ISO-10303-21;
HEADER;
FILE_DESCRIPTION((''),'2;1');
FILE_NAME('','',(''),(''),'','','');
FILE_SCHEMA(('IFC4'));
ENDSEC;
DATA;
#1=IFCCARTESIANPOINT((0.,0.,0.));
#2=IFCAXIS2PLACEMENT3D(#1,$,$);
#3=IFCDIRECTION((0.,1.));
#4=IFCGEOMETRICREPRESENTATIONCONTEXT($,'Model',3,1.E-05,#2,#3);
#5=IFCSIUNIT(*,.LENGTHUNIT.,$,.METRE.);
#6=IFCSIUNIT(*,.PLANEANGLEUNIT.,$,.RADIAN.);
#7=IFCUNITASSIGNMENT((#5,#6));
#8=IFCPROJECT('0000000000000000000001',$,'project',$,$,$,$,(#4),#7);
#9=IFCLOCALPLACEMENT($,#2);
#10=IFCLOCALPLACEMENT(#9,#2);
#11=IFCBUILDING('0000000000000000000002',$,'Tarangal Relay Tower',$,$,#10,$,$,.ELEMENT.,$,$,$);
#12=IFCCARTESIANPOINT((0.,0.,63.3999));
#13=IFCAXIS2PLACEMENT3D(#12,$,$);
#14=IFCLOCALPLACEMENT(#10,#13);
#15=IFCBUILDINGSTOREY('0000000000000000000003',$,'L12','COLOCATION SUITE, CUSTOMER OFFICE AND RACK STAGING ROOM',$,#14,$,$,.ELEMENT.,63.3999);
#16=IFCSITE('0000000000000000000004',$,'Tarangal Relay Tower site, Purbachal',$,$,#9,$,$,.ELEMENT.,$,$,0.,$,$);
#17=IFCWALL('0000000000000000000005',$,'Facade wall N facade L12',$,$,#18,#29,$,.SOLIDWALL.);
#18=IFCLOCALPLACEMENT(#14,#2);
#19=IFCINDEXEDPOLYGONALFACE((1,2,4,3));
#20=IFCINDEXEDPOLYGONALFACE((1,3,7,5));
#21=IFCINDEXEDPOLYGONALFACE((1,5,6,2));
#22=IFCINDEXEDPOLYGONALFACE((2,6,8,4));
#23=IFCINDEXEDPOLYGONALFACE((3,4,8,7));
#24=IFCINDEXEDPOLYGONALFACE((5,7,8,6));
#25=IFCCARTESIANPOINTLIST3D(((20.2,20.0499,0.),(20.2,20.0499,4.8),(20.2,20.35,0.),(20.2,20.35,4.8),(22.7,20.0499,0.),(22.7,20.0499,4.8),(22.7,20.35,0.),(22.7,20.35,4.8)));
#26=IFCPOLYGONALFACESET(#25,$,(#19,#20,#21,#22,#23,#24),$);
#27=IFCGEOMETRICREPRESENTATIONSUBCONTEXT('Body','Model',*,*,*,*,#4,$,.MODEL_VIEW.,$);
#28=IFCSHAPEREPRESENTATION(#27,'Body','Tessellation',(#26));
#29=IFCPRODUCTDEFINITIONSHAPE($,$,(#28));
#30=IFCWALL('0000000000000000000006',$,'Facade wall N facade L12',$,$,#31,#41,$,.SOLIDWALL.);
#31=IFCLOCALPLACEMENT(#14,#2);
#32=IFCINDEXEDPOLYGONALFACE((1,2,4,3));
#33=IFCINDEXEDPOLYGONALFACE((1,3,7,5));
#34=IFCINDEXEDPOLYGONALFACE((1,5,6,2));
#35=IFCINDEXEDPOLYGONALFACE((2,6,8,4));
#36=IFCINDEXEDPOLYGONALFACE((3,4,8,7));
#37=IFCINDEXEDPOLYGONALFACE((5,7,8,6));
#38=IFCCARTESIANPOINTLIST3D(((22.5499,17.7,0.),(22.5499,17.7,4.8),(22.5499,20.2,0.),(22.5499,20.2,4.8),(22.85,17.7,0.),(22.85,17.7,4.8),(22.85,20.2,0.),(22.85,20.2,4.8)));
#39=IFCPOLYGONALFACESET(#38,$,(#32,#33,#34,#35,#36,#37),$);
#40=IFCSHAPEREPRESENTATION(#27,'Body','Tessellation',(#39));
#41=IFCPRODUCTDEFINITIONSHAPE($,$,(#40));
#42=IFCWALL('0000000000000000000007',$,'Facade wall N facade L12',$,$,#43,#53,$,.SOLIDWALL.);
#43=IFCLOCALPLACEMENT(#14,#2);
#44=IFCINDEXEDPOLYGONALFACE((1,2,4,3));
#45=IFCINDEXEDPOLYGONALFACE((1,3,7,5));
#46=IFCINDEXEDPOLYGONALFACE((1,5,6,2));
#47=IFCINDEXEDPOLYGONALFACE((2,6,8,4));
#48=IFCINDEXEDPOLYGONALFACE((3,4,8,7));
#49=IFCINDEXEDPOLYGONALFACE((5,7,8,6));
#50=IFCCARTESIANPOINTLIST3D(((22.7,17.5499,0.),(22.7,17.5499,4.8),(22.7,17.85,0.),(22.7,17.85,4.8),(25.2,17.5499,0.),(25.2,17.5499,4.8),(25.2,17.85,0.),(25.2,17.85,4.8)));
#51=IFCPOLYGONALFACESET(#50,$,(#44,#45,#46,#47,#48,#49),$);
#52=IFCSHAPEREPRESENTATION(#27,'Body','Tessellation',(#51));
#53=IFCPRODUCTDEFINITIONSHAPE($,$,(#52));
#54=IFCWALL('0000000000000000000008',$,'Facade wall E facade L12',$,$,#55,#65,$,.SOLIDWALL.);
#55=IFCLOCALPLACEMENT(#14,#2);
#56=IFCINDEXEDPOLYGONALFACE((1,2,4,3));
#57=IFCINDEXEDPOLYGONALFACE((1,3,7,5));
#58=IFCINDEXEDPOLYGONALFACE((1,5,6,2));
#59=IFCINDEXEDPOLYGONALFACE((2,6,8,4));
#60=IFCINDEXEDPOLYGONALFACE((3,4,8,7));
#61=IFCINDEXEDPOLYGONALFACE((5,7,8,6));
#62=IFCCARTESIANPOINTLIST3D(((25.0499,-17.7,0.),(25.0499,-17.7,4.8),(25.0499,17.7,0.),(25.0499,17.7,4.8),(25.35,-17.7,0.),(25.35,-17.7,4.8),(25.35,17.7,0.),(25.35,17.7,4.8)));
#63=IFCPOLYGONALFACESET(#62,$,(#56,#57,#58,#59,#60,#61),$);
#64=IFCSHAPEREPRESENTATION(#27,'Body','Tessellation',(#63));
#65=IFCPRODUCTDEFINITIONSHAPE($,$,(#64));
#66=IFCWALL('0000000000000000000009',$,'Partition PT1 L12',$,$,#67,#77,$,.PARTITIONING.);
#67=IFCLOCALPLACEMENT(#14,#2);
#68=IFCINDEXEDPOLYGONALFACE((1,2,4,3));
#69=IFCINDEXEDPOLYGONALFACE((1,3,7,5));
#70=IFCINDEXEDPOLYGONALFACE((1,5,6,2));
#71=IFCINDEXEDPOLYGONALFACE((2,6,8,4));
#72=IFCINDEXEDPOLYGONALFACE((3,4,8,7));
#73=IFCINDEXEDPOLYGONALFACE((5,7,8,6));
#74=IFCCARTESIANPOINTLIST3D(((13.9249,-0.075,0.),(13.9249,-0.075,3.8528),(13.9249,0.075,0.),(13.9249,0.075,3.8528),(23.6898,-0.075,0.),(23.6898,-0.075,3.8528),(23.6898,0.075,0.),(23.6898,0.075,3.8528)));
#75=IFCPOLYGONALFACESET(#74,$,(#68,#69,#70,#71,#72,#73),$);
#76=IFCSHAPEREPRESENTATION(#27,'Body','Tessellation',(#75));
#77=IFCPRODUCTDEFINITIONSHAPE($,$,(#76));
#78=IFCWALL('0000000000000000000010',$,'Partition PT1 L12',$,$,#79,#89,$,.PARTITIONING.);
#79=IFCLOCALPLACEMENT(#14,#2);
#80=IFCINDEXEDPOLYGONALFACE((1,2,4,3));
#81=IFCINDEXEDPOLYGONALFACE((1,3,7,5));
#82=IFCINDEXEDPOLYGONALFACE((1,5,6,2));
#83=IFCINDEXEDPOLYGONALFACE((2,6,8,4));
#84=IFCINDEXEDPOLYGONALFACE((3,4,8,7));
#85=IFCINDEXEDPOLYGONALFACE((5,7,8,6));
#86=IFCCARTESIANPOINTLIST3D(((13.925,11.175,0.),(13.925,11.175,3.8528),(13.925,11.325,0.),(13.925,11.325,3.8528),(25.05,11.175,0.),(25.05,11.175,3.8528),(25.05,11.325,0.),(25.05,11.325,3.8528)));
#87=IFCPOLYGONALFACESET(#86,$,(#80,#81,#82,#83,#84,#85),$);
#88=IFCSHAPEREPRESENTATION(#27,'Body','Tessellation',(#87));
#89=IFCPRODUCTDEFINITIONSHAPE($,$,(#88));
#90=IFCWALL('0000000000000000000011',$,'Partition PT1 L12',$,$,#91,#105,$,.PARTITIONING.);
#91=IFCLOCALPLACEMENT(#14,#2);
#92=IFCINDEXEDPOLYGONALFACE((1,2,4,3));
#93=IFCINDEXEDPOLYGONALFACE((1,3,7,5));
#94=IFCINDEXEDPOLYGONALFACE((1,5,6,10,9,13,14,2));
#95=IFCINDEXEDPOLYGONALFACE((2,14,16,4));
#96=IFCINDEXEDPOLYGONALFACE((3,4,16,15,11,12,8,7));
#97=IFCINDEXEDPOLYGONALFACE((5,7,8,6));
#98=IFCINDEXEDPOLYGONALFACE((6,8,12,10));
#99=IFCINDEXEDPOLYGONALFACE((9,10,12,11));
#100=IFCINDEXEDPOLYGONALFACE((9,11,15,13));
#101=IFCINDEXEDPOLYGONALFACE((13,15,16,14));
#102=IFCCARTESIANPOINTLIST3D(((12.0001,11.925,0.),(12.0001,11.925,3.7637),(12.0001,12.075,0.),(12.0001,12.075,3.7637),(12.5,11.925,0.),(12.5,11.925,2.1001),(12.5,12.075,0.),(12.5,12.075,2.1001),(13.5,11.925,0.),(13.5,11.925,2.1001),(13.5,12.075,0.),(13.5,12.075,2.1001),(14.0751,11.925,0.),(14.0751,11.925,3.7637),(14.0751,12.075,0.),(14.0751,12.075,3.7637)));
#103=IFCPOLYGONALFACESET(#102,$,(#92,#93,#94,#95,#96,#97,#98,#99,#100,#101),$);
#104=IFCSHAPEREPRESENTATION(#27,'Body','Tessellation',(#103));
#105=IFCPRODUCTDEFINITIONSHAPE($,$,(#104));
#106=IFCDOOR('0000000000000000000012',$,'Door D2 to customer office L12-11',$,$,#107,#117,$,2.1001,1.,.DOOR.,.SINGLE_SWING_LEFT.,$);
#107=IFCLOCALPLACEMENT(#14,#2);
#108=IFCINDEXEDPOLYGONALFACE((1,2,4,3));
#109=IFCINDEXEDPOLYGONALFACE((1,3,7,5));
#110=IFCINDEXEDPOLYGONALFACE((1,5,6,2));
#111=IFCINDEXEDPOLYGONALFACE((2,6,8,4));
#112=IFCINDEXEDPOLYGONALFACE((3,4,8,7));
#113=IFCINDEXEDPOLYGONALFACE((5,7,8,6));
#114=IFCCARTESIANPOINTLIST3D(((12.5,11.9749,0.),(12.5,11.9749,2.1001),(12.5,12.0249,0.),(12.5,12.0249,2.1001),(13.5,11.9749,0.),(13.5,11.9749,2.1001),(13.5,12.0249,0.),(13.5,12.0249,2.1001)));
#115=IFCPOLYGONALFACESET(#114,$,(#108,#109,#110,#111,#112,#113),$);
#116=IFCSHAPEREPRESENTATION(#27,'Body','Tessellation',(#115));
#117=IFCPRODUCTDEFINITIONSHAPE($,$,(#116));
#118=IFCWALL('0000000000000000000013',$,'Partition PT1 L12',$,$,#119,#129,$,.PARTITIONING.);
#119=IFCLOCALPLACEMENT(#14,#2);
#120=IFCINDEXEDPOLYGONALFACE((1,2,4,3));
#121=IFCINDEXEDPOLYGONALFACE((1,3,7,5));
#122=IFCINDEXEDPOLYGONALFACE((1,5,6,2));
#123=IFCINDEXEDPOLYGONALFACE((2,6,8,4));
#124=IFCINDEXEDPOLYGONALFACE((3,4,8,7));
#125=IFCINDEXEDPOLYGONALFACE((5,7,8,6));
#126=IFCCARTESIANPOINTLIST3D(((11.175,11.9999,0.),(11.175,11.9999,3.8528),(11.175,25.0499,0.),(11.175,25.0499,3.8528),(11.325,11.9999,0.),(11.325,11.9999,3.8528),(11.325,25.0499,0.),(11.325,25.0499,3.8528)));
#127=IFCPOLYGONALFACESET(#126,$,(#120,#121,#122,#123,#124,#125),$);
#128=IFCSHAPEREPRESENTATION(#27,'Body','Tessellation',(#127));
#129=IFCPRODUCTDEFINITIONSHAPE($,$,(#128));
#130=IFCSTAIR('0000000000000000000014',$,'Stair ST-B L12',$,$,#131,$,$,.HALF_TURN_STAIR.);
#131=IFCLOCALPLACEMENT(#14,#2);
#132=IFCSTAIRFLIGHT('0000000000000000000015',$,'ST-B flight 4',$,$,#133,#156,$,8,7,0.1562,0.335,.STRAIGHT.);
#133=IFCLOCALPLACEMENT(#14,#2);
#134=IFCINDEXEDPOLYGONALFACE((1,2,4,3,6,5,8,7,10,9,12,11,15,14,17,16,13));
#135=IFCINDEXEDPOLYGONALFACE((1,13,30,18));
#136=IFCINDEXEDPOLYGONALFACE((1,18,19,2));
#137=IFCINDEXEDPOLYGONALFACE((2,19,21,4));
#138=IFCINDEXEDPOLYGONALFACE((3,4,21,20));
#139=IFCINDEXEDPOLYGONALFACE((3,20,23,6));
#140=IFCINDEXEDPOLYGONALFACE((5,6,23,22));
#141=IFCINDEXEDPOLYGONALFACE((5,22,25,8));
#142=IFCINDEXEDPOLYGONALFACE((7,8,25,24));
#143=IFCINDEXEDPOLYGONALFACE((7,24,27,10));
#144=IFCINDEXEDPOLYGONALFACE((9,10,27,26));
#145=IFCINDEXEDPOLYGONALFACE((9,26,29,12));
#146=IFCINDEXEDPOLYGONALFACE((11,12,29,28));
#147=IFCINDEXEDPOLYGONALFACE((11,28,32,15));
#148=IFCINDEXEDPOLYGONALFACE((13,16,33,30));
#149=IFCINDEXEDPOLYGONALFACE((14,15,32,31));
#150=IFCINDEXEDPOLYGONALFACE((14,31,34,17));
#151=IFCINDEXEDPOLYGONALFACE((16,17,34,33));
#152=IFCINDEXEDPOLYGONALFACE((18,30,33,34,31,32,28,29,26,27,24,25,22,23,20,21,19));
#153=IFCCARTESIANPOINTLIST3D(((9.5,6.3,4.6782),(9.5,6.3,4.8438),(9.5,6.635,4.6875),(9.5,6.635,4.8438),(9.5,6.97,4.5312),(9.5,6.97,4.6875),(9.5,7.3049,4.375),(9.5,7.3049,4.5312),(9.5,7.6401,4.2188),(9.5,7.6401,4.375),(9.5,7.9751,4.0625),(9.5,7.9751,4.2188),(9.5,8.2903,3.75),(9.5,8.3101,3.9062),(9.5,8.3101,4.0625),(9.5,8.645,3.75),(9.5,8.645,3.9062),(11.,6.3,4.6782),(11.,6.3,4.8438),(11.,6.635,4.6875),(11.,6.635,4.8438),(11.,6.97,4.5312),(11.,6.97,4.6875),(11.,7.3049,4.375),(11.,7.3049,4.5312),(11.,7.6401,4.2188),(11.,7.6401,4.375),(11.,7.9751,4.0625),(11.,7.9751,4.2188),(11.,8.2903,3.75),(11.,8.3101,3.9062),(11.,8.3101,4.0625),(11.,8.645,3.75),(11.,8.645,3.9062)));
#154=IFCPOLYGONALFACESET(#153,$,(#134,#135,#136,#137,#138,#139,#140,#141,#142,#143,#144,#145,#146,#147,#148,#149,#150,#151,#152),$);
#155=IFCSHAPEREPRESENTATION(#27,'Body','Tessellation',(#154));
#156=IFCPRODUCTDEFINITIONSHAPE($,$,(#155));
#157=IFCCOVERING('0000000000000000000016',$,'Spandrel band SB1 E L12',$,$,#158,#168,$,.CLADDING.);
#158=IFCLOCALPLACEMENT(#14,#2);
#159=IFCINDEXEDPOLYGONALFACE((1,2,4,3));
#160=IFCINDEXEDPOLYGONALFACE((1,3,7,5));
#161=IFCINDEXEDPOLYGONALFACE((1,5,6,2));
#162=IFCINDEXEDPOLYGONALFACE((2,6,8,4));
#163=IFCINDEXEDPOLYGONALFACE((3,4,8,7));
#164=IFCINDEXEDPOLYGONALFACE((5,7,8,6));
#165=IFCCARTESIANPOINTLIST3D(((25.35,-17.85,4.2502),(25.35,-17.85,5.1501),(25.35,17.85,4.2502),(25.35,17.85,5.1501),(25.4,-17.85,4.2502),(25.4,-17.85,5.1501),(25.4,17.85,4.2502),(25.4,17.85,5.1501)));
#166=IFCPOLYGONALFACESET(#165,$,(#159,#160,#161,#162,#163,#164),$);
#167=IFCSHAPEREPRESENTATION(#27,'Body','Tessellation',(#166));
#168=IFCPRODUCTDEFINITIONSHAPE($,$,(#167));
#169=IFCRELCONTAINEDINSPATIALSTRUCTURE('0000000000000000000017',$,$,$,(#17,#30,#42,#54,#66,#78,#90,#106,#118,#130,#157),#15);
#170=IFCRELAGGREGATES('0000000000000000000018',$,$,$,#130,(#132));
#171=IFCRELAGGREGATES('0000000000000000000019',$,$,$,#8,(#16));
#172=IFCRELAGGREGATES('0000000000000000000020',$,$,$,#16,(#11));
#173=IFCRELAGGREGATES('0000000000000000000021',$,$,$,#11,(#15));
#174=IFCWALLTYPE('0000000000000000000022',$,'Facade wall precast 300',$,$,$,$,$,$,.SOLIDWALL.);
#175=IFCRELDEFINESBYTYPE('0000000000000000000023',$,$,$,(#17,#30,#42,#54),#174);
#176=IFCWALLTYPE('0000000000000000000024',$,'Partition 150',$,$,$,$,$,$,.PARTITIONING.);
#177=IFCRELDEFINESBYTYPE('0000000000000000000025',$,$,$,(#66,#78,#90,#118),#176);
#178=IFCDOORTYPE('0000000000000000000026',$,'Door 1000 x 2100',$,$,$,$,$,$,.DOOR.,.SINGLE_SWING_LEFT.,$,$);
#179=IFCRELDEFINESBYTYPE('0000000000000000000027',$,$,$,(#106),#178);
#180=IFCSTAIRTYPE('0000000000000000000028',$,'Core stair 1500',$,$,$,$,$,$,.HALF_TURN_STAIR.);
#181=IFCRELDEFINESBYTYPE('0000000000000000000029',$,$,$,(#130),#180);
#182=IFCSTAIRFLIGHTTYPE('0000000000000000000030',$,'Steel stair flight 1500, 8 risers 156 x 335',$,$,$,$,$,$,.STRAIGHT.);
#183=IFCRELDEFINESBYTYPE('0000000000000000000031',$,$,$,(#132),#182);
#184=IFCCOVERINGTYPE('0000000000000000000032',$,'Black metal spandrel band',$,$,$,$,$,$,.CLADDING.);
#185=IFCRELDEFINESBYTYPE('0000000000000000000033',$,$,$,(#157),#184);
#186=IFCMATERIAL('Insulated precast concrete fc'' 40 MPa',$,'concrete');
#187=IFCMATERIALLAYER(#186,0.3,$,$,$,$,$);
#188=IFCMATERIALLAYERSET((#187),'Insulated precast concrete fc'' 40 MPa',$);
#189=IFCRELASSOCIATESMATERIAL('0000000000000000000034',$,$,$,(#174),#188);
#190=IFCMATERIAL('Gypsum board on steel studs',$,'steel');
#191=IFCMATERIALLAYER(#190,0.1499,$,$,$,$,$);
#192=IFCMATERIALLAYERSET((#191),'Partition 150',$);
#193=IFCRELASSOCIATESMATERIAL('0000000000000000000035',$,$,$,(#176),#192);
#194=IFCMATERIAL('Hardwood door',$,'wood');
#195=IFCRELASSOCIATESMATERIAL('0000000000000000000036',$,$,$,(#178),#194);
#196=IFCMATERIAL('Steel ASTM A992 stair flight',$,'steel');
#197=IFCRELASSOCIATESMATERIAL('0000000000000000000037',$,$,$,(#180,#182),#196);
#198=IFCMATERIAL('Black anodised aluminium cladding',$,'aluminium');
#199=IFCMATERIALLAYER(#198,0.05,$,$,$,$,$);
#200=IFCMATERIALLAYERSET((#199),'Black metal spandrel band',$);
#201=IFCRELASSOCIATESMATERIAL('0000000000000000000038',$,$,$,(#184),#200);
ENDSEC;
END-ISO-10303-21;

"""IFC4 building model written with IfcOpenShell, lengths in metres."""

from ifc_helpers import new_model, si_unit, direction, frame, frame_2d, origin, origin_2d, place, context, subcontext, project, spatial, polyline, rectangle, outline, extrude, material, layer, layer_set, type_object, element, fill, aggregate, save


model = new_model("IFC4")

# Units and contexts
model_context = context("Model", 3, precision=1e-05, world=origin(), true_north=direction((0.0, 1.0)))
body_context = subcontext(model_context, "Body", "Model", "MODEL_VIEW")
ifc_project = project(units=[si_unit("LENGTHUNIT", "METRE"), si_unit("PLANEANGLEUNIT", "RADIAN")], contexts=[model_context])

# Site, building, storey
site_placement = place(None, origin())
site = spatial("IfcSite", under=ifc_project, at=site_placement, Name="Tarangal Relay Tower site, Purbachal", CompositionType="ELEMENT", RefElevation=0.0)
building_placement = place(site_placement, origin())
building = spatial("IfcBuilding", under=site, at=building_placement, Name="Tarangal Relay Tower", CompositionType="ELEMENT")
storey_placement = place(building_placement, frame((0.0, 0.0, 63.3999)))
storey = spatial("IfcBuildingStorey", under=building, at=storey_placement, Name="L12", Description="COLOCATION SUITE, CUSTOMER OFFICE AND RACK STAGING ROOM", CompositionType="ELEMENT", Elevation=63.3999)

# Shared definitions
ifc_material_1 = material(Name="Insulated precast concrete fc' 40 MPa", Category="concrete")
ifc_layer_1 = layer(ifc_material_1, 0.3)
ifc_layer_set_1 = layer_set([ifc_layer_1], Name="Insulated precast concrete fc' 40 MPa")
wall_type_1 = type_object("IfcWallType", Name="Facade wall precast 300", PredefinedType="SOLIDWALL", material=ifc_layer_set_1)

# Walls
for number, where, z_axis, x_axis, name in (
    (1, (20.2, 20.2, 0.0), (0.0, 0.0, 1.0), (1.0, 0.0, 0.0), "Facade wall N facade L12"),
    (2, (22.7, 20.2, 0.0), (0.0, 0.0, 1.0), (0.0, -1.0, 0.0), "Facade wall N facade L12"),
    (3, (22.7, 17.7, 0.0), (0.0, 0.0, 1.0), (1.0, 0.0, 0.0), "Facade wall N facade L12"),
):
    element("IfcWall", number, at=place(storey_placement, frame(where, z_axis=z_axis, x_axis=x_axis)), inside=storey, type_object=wall_type_1, Name=name, PredefinedType="SOLIDWALL", context=body_context, shape_type="SweptSolid", body=[
        extrude(rectangle(XDim=2.5, YDim=0.3, at=frame_2d((1.25, 0.0))), origin(), (0.0, 0.0, 1.0), 4.8),
    ])
wall_1_placement = place(storey_placement, frame((25.2, 17.7, 0.0), z_axis=(0.0, 0.0, 1.0), x_axis=(0.0, -1.0, 0.0)))
element("IfcWall", 4, at=wall_1_placement, inside=storey, type_object=wall_type_1, Name="Facade wall E facade L12", PredefinedType="SOLIDWALL", context=body_context, shape_type="SweptSolid", body=[
    extrude(rectangle(XDim=35.3999, YDim=0.3, at=frame_2d((17.7, 0.0))), origin(), (0.0, 0.0, 1.0), 4.8),
])
ifc_material_2 = material(Name="Gypsum board on steel studs", Category="steel")
ifc_layer_2 = layer(ifc_material_2, 0.1499)
ifc_layer_set_2 = layer_set([ifc_layer_2], Name="Partition 150")
wall_type_2 = type_object("IfcWallType", Name="Partition 150", PredefinedType="PARTITIONING", material=ifc_layer_set_2)
wall_2_placement = place(storey_placement, frame((13.925, 0.0, 0.0), z_axis=(0.0, 0.0, 1.0), x_axis=(1.0, 0.0, 0.0)))
element("IfcWall", 5, at=wall_2_placement, inside=storey, type_object=wall_type_2, Name="Partition PT1 L12", PredefinedType="PARTITIONING", context=body_context, shape_type="SweptSolid", body=[
    extrude(rectangle(XDim=9.7649, YDim=0.1499, at=frame_2d((4.8823, 0.0))), origin(), (0.0, 0.0, 1.0), 3.8528),
])
wall_3_placement = place(storey_placement, frame((13.925, 11.25, 0.0), z_axis=(0.0, 0.0, 1.0), x_axis=(1.0, 0.0, 0.0)))
element("IfcWall", 6, at=wall_3_placement, inside=storey, type_object=wall_type_2, Name="Partition PT1 L12", PredefinedType="PARTITIONING", context=body_context, shape_type="SweptSolid", body=[
    extrude(rectangle(XDim=11.125, YDim=0.1499, at=frame_2d((5.5625, 0.0))), origin(), (0.0, 0.0, 1.0), 3.8528),
])

# Wall, opening, door
wall_4_placement = place(storey_placement, frame((12.0, 12.0, 0.0), z_axis=(0.0, 0.0, 1.0), x_axis=(1.0, 0.0, 0.0)))
wall_4 = element("IfcWall", 7, at=wall_4_placement, inside=storey, type_object=wall_type_2, Name="Partition PT1 L12", PredefinedType="PARTITIONING", context=body_context, shape_type="SweptSolid", body=[
    extrude(rectangle(XDim=2.075, YDim=0.1499, at=frame_2d((1.0376, 0.0))), origin(), (0.0, 0.0, 1.0), 3.7637),
])
opening_1_placement = place(wall_4_placement, frame((0.5, 0.0, 0.0)))
opening_1 = element("IfcOpeningElement", 8, at=opening_1_placement, cuts=wall_4, PredefinedType="OPENING", context=body_context, shape_type="SweptSolid", body=[
    extrude(rectangle(XDim=1.0, YDim=2.1001, at=frame_2d((0.5, 1.05))), frame((0.0, 0.085, 0.0), z_axis=(0.0, -1.0, 0.0), x_axis=(1.0, 0.0, 0.0)), (0.0, 0.0, 1.0), 0.1699),
])
ifc_material_3 = material(Name="Hardwood door", Category="wood")
door_type_1 = type_object("IfcDoorType", Name="Door 1000 x 2100", OperationType="SINGLE_SWING_LEFT", PredefinedType="DOOR", material=ifc_material_3)
door_1_placement = place(opening_1_placement, origin())
door_1 = element("IfcDoor", 9, at=door_1_placement, inside=storey, type_object=door_type_1, Name="Door D2 to customer office L12-11", OperationType="SINGLE_SWING_LEFT", OverallHeight=2.1001, OverallWidth=1.0, PredefinedType="DOOR", context=body_context, shape_type="SweptSolid", body=[
    extrude(rectangle(XDim=1.0, YDim=2.1001, at=frame_2d((0.5, 1.05))), frame((0.0, 0.0249, 0.0), z_axis=(0.0, -1.0, 0.0), x_axis=(1.0, 0.0, 0.0)), (0.0, 0.0, 1.0), 0.05),
])
fill(opening_1, door_1)

# Wall
wall_5_placement = place(storey_placement, frame((11.25, 12.0, 0.0), z_axis=(0.0, 0.0, 1.0), x_axis=(0.0, 1.0, 0.0)))
element("IfcWall", 10, at=wall_5_placement, inside=storey, type_object=wall_type_2, Name="Partition PT1 L12", PredefinedType="PARTITIONING", context=body_context, shape_type="SweptSolid", body=[
    extrude(rectangle(XDim=13.05, YDim=0.1499, at=frame_2d((6.5249, 0.0))), origin(), (0.0, 0.0, 1.0), 3.8528),
])

# Stair, stair flight
ifc_material_4 = material(Name="Steel ASTM A992 stair flight", Category="steel")
stair_type = type_object("IfcStairType", Name="Core stair 1500", PredefinedType="HALF_TURN_STAIR", material=ifc_material_4)
stair_placement = place(storey_placement, origin())
stair = element("IfcStair", 11, at=stair_placement, inside=storey, type_object=stair_type, Name="Stair ST-B L12", PredefinedType="HALF_TURN_STAIR")
stair_flight_type = type_object("IfcStairFlightType", Name="Steel stair flight 1500, 8 risers 156 x 335", PredefinedType="STRAIGHT", material=ifc_material_4)
stair_flight_placement = place(storey_placement, frame((10.25, 8.645, 3.75), z_axis=(0.0, 0.0, 1.0), x_axis=(0.0, -1.0, 0.0)))
stair_flight = element("IfcStairFlight", 12, at=stair_flight_placement, type_object=stair_flight_type, Name="ST-B flight 4", NumberOfRisers=8, NumberOfTreads=7, PredefinedType="STRAIGHT", RiserHeight=0.1562, TreadLength=0.335, context=body_context, shape_type="SweptSolid", body=[
    extrude(outline(polyline([(0.0, 0.0), (0.0, 0.1562), (0.335, 0.1562), (0.335, 0.3125), (0.6699, 0.3125), (0.6699, 0.4688), (1.0049, 0.4688), (1.0049, 0.625), (1.3401, 0.625), (1.3401, 0.7812), (1.675, 0.7812), (1.675, 0.9375), (2.01, 0.9375), (2.01, 1.0938), (2.345, 1.0938), (2.345, 1.25), (2.345, 0.9282), (0.3547, 0.0), (0.0, 0.0)])), frame((0.0, 0.75, 0.0), z_axis=(0.0, -1.0, 0.0), x_axis=(1.0, 0.0, 0.0)), (0.0, 0.0, 1.0), 1.5),
])
aggregate(stair, [stair_flight])

# Covering
ifc_material_5 = material(Name="Black anodised aluminium cladding", Category="aluminium")
ifc_layer_3 = layer(ifc_material_5, 0.05)
ifc_layer_set_3 = layer_set([ifc_layer_3], Name="Black metal spandrel band")
covering_type = type_object("IfcCoveringType", Name="Black metal spandrel band", PredefinedType="CLADDING", material=ifc_layer_set_3)
covering_placement = place(storey_placement, frame((25.375, 0.0, 4.2502), z_axis=(0.0, 0.0, 1.0), x_axis=(0.0, -1.0, 0.0)))
element("IfcCovering", 13, at=covering_placement, inside=storey, type_object=covering_type, Name="Spandrel band SB1 E L12", PredefinedType="CLADDING", context=body_context, shape_type="SweptSolid", body=[
    extrude(rectangle(XDim=35.7, YDim=0.05, at=origin_2d()), origin(), (0.0, 0.0, 1.0), 0.8999),
])

save(model, "model.ifc")
